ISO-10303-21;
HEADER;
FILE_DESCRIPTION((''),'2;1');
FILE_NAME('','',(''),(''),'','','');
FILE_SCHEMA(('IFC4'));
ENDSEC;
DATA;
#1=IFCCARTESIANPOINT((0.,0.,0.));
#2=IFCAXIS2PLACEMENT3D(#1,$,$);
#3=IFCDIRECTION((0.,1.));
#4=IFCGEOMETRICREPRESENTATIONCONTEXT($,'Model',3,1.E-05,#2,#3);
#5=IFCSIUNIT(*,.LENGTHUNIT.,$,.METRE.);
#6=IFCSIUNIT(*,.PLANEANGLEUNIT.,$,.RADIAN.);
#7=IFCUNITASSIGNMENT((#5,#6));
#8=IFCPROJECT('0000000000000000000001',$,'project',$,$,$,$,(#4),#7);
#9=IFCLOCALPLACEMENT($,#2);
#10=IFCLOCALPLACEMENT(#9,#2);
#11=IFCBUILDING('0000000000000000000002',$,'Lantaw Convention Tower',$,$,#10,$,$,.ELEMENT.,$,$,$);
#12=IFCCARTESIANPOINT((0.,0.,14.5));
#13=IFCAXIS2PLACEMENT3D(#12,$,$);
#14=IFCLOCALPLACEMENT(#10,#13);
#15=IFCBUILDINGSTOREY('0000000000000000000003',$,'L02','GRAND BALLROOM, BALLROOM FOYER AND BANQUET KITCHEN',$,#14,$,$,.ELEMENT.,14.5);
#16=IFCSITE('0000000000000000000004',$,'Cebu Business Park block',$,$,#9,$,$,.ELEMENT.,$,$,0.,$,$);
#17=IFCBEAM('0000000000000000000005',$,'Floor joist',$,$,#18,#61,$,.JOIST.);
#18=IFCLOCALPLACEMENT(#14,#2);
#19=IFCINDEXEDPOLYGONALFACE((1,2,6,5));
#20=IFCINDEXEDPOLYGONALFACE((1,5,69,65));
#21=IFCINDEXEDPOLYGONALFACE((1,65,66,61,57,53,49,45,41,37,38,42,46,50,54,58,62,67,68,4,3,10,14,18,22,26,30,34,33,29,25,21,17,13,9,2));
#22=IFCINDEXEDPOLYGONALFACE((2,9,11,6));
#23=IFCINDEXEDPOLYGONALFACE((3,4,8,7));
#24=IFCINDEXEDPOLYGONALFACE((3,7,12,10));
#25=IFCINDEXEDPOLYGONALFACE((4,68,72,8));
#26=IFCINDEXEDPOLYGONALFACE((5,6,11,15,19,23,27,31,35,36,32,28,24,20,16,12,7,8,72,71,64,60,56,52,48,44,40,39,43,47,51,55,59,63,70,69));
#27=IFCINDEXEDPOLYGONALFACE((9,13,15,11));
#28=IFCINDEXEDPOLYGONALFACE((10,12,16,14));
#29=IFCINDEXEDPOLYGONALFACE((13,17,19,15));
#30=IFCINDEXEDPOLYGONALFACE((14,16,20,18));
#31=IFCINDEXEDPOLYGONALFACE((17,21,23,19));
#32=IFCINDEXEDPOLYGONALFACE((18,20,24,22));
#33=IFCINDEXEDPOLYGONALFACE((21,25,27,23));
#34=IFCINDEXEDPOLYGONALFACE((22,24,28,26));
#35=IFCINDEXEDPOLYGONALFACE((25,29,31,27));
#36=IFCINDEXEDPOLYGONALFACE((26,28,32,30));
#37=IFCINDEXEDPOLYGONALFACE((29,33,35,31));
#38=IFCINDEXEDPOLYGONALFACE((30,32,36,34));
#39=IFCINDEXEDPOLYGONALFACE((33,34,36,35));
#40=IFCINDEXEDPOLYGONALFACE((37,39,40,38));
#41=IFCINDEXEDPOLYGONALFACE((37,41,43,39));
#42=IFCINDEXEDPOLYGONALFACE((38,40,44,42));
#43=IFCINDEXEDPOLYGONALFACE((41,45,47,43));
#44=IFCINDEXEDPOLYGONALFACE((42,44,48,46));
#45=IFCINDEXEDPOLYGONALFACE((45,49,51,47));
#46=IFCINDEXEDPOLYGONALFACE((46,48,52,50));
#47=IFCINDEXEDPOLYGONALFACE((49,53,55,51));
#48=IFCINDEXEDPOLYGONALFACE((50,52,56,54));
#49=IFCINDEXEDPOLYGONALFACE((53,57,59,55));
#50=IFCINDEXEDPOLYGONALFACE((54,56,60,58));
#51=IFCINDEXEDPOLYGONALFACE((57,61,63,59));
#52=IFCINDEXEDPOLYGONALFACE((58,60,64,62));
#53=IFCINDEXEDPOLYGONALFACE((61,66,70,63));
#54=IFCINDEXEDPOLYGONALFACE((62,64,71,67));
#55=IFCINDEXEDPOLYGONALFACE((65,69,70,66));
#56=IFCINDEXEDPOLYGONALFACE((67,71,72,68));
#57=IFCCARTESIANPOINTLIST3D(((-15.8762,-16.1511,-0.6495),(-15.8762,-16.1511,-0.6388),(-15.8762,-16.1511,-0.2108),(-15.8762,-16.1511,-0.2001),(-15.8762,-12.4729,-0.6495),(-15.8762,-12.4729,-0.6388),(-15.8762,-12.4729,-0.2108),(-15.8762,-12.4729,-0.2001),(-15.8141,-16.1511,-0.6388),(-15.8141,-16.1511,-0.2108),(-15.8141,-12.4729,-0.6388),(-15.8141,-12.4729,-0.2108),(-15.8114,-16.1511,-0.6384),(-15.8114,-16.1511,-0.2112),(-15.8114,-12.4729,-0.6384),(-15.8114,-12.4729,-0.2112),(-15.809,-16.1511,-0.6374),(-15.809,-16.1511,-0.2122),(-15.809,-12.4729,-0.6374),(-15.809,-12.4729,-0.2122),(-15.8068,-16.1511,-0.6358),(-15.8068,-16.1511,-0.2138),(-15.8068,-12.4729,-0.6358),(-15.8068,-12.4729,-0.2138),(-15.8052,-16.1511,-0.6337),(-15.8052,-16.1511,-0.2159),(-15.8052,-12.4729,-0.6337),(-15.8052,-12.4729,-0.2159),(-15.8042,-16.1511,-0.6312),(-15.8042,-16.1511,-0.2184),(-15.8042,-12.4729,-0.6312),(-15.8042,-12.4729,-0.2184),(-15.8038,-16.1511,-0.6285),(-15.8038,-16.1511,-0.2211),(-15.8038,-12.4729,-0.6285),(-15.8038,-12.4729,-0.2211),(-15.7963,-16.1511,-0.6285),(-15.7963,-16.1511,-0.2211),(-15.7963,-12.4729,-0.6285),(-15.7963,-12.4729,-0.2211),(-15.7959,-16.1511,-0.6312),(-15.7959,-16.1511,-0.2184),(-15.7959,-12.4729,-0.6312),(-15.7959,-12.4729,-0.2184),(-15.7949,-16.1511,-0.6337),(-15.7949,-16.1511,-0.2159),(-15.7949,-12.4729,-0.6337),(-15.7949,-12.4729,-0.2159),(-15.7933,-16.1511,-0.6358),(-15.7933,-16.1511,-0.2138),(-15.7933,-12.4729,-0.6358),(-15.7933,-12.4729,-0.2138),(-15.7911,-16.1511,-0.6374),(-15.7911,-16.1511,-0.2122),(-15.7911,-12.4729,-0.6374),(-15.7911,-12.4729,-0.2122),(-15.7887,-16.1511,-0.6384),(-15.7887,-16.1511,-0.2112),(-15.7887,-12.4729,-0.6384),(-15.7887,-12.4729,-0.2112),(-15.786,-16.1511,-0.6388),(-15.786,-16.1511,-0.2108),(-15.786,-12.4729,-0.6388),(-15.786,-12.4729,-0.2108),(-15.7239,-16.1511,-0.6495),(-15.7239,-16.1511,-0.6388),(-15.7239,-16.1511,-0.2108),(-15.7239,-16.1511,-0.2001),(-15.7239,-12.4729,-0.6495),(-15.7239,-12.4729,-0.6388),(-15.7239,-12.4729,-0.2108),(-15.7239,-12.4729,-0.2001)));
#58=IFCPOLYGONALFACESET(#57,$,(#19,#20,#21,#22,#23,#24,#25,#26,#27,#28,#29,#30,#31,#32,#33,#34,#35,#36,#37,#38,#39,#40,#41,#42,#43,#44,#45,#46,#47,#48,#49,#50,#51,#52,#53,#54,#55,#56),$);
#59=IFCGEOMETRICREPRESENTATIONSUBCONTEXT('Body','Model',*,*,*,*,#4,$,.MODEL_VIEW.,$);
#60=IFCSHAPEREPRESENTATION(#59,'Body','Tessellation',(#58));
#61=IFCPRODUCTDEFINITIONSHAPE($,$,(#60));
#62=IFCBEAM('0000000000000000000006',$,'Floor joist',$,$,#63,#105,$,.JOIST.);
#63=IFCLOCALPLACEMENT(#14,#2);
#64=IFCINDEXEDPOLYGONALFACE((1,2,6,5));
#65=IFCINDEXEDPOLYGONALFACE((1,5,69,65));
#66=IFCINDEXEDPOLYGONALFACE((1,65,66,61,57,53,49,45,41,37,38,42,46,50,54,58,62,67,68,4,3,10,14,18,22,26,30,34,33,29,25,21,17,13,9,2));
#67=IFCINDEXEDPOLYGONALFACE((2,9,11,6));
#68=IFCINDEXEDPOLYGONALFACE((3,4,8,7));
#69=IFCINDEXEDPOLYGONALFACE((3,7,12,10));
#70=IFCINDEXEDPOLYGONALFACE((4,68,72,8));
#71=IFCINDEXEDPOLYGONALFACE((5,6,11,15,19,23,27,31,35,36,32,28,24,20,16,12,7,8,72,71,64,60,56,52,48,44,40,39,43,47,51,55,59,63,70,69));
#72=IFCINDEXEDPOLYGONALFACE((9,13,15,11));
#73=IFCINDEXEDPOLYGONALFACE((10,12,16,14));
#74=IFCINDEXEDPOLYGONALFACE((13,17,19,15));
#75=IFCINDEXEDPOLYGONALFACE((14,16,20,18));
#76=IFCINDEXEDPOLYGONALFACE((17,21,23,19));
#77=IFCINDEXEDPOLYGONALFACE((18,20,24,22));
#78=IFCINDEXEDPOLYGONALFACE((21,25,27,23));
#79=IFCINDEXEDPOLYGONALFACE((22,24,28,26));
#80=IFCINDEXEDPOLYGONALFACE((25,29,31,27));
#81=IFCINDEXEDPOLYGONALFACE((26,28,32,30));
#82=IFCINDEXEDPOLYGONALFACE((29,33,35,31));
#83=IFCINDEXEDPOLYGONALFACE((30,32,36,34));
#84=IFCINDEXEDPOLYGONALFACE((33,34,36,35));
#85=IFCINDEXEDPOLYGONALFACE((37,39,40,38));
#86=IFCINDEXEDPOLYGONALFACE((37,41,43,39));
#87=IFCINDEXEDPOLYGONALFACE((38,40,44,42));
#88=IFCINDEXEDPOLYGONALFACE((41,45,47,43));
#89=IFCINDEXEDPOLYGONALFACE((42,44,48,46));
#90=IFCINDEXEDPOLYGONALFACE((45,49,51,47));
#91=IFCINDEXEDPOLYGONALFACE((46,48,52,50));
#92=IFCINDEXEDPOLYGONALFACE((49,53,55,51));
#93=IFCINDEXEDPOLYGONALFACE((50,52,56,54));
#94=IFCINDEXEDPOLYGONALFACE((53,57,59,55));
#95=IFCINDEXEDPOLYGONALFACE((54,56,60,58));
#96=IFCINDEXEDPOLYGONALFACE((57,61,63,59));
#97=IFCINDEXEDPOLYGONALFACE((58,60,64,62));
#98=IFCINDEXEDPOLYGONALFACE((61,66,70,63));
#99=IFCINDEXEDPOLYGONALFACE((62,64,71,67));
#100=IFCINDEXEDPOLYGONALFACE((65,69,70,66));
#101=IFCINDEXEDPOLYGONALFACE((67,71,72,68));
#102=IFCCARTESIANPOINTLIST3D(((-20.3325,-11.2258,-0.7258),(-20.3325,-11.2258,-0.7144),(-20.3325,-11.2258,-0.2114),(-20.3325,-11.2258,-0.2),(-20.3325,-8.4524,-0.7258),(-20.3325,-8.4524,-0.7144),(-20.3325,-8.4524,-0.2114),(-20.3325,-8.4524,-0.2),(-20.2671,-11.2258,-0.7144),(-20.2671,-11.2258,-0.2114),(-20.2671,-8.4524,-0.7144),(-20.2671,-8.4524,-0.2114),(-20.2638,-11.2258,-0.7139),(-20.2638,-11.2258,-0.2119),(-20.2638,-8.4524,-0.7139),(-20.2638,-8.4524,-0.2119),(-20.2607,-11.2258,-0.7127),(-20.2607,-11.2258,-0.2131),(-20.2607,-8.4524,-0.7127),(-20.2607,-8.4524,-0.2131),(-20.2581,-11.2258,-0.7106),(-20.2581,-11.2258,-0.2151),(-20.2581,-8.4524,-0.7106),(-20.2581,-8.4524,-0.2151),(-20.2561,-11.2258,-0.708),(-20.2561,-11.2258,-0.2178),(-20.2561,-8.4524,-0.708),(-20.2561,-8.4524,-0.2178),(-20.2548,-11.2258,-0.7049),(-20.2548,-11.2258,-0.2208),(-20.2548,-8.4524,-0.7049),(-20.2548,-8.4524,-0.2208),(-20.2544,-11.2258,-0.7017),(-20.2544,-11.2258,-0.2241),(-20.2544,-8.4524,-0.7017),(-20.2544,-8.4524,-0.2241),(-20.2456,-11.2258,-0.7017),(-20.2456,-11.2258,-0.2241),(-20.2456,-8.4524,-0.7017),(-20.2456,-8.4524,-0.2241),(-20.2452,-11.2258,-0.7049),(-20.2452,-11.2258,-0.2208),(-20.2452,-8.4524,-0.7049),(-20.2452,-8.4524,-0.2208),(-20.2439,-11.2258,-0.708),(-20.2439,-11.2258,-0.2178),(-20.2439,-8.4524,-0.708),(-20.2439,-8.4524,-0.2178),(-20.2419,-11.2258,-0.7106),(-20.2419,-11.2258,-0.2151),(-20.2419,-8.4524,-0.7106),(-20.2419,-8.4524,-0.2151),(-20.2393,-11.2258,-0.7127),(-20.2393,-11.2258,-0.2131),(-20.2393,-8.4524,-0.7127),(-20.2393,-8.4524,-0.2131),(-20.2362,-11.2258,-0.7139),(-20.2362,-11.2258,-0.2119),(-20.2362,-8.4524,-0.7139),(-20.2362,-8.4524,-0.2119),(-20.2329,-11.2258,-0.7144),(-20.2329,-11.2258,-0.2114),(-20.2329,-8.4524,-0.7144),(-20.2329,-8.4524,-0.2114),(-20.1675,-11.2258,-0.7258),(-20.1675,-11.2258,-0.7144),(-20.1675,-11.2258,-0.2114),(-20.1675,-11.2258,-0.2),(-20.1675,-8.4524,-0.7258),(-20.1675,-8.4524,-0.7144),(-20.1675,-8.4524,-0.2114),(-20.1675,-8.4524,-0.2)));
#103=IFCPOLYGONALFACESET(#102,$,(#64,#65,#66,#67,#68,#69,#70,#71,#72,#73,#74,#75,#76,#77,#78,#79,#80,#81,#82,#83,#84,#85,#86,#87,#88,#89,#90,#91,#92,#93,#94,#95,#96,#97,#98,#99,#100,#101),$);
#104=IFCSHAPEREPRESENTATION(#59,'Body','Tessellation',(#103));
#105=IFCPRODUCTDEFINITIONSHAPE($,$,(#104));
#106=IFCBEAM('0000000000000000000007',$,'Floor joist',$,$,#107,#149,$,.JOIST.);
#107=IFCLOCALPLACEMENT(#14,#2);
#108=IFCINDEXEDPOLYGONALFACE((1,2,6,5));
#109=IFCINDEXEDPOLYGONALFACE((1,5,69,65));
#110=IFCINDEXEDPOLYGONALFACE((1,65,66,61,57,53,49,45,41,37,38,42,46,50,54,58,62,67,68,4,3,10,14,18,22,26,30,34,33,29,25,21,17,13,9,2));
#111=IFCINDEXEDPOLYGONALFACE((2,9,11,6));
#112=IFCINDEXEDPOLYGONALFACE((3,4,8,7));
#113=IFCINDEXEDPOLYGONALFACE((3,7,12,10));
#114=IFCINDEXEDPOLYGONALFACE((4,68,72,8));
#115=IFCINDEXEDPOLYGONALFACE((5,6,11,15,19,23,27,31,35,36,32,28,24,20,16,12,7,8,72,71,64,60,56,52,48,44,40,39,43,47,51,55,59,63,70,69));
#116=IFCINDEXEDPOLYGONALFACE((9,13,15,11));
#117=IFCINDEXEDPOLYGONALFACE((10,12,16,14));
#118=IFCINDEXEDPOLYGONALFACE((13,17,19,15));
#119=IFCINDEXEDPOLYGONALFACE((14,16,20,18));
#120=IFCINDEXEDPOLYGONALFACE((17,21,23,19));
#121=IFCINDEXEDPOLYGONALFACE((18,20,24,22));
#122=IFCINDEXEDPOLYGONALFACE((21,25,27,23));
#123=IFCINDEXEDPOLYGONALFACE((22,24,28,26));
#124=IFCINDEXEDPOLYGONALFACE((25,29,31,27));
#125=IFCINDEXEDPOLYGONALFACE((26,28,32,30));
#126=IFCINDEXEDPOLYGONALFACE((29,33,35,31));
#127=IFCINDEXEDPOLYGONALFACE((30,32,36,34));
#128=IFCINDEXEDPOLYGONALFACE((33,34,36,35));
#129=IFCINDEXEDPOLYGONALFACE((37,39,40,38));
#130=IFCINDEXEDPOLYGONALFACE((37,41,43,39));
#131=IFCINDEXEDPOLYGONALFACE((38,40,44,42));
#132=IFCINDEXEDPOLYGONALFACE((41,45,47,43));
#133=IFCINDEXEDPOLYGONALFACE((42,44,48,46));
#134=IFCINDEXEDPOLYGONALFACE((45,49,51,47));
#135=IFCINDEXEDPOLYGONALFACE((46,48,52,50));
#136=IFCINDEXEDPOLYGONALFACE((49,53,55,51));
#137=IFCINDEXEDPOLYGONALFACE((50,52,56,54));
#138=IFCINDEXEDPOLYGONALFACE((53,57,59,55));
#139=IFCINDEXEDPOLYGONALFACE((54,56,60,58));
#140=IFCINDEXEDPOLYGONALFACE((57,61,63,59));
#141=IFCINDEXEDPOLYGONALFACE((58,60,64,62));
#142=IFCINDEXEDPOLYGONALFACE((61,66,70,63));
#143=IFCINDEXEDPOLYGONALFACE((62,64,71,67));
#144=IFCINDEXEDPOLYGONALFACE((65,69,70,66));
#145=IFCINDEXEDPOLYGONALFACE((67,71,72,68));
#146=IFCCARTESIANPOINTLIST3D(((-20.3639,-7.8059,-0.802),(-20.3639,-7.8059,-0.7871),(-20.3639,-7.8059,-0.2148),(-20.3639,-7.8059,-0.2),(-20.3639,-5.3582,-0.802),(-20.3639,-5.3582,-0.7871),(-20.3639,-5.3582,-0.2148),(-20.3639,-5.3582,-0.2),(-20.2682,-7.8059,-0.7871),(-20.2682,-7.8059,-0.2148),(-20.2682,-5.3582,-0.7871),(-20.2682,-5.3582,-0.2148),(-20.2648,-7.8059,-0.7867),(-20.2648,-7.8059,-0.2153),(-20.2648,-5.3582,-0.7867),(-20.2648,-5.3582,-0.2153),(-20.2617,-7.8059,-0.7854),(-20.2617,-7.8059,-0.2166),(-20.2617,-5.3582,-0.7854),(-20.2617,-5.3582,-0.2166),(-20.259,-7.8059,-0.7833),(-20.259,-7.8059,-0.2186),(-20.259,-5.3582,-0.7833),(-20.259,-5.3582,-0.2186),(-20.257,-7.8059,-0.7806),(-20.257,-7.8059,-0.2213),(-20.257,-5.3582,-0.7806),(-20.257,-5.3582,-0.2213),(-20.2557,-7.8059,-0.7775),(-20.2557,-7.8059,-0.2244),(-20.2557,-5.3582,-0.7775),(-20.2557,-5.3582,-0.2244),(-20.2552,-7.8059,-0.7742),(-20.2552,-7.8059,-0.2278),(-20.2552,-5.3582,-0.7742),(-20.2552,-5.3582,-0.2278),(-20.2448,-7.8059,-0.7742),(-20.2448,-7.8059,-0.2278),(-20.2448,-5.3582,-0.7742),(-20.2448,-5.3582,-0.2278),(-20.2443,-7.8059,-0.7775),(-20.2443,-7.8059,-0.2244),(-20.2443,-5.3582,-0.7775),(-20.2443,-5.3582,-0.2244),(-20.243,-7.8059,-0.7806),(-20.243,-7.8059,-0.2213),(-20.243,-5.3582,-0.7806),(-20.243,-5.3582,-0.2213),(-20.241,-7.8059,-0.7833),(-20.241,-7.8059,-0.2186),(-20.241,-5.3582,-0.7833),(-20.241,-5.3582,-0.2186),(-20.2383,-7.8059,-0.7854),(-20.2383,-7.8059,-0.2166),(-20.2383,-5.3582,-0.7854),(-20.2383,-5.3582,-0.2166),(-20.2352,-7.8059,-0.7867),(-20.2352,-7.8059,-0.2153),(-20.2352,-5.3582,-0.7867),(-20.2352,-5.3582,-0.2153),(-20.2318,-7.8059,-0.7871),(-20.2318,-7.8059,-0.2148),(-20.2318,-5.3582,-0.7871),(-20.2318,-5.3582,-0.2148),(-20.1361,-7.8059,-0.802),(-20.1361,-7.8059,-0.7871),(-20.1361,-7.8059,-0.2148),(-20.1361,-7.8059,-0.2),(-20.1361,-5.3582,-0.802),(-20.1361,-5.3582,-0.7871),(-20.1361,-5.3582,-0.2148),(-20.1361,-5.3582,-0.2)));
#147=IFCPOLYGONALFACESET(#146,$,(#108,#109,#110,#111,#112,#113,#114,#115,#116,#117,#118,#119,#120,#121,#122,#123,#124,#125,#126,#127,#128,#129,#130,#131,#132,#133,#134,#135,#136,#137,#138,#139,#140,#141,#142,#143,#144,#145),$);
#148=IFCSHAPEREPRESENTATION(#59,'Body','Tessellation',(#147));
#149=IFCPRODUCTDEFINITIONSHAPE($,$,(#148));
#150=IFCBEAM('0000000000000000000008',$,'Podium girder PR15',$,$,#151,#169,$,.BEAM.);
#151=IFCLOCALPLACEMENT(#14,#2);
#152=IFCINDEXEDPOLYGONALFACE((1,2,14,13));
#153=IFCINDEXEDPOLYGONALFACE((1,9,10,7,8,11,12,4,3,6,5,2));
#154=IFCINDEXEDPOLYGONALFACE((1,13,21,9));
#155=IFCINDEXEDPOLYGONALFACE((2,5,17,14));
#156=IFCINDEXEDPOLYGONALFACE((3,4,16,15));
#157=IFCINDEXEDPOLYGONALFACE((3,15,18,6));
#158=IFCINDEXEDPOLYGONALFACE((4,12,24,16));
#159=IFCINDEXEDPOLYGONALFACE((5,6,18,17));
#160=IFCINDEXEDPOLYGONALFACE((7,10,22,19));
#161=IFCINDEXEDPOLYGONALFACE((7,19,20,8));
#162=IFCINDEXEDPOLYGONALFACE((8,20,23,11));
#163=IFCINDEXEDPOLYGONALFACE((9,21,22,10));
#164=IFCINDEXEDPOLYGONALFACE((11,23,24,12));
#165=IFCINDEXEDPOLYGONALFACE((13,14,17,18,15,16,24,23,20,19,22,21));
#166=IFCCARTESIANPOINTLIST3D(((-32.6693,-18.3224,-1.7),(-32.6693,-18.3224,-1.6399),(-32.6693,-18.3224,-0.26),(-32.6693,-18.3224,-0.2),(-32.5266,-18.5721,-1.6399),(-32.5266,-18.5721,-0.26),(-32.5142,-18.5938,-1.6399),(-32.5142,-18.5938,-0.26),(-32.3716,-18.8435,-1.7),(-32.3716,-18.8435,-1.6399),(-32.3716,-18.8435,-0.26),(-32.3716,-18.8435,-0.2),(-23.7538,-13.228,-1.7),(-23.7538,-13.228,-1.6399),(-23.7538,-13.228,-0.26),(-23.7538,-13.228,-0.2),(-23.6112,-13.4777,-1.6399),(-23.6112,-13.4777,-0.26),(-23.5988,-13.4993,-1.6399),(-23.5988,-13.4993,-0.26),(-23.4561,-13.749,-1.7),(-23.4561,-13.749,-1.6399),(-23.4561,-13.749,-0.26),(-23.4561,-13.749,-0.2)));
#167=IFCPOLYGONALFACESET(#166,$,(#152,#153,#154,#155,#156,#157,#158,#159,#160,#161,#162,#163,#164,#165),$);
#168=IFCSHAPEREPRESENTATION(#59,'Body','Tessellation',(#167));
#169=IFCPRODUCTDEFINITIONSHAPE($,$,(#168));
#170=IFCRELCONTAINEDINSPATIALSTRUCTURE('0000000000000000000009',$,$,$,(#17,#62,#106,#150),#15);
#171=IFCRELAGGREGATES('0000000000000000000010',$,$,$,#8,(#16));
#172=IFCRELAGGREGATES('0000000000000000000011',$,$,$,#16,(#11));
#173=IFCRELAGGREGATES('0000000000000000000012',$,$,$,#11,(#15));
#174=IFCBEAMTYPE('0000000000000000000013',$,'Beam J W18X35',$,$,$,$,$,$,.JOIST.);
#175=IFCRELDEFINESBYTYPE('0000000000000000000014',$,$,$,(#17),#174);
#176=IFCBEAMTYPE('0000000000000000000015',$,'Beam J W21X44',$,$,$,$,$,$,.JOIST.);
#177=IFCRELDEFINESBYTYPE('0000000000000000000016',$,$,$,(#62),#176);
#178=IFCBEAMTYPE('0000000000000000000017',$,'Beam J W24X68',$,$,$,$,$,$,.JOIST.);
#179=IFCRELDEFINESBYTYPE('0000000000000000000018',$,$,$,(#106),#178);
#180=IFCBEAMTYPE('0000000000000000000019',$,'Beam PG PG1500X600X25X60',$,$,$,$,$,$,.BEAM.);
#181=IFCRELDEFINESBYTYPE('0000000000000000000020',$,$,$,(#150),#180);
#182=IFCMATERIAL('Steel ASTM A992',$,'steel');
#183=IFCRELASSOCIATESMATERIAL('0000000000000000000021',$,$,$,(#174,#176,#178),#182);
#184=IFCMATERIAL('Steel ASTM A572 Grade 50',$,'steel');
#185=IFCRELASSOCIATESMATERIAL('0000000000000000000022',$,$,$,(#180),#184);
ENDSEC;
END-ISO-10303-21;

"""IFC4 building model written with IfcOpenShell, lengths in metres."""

from ifc_helpers import new_model, si_unit, direction, frame, origin, origin_2d, place, context, subcontext, project, spatial, i_section, extrude, material, material_profile, profile_set, type_object, element, save


model = new_model("IFC4")

# Units and contexts
model_context = context("Model", 3, precision=1e-05, world=origin(), true_north=direction((0.0, 1.0)))
body_context = subcontext(model_context, "Body", "Model", "MODEL_VIEW")
ifc_project = project(units=[si_unit("LENGTHUNIT", "METRE"), si_unit("PLANEANGLEUNIT", "RADIAN")], contexts=[model_context])

# Site, building, storey
site_placement = place(None, origin())
site = spatial("IfcSite", under=ifc_project, at=site_placement, Name="Cebu Business Park block", CompositionType="ELEMENT", RefElevation=0.0)
building_placement = place(site_placement, origin())
building = spatial("IfcBuilding", under=site, at=building_placement, Name="Lantaw Convention Tower", CompositionType="ELEMENT")
storey_placement = place(building_placement, frame((0.0, 0.0, 14.5)))
storey = spatial("IfcBuildingStorey", under=building, at=storey_placement, Name="L02", Description="GRAND BALLROOM, BALLROOM FOYER AND BANQUET KITCHEN", CompositionType="ELEMENT", Elevation=14.5)

# Shared definitions
ifc_material_1 = material(Name="Steel ASTM A572 Grade 50", Category="steel")

# Beams
ifc_material_2 = material(Name="Steel ASTM A992", Category="steel")
ifc_material_profile_1 = material_profile(ifc_material_2, i_section(OverallWidth=0.1523, OverallDepth=0.4495, WebThickness=0.0076, FlangeThickness=0.0107, FilletRadius=0.0103, at=origin_2d()), Name="W18X35")
ifc_profile_set_1 = profile_set([ifc_material_profile_1], Name="Steel ASTM A992")
beam_type_1 = type_object("IfcBeamType", Name="Beam J W18X35", PredefinedType="JOIST", material=ifc_profile_set_1)
beam_1_placement = place(storey_placement, frame((-15.8, -16.1511, -0.4248), z_axis=(0.0, 1.0, 0.0), x_axis=(-1.0, 0.0, 0.0)))
element("IfcBeam", 1, at=beam_1_placement, inside=storey, type_object=beam_type_1, Name="Floor joist", PredefinedType="JOIST", context=body_context, shape_type="SweptSolid", body=[
    extrude(i_section(OverallWidth=0.1523, OverallDepth=0.4495, WebThickness=0.0076, FlangeThickness=0.0107, FilletRadius=0.0103, at=origin_2d()), origin(), (0.0, 0.0, 1.0), 3.6782),
])
ifc_material_profile_2 = material_profile(ifc_material_2, i_section(OverallWidth=0.165, OverallDepth=0.5259, WebThickness=0.0088, FlangeThickness=0.0115, FilletRadius=0.0127, at=origin_2d()), Name="W21X44")
ifc_profile_set_2 = profile_set([ifc_material_profile_2], Name="Steel ASTM A992")
beam_type_2 = type_object("IfcBeamType", Name="Beam J W21X44", PredefinedType="JOIST", material=ifc_profile_set_2)
beam_2_placement = place(storey_placement, frame((-20.25, -11.2258, -0.4629), z_axis=(0.0, 1.0, 0.0), x_axis=(-1.0, 0.0, 0.0)))
element("IfcBeam", 2, at=beam_2_placement, inside=storey, type_object=beam_type_2, Name="Floor joist", PredefinedType="JOIST", context=body_context, shape_type="SweptSolid", body=[
    extrude(i_section(OverallWidth=0.165, OverallDepth=0.5259, WebThickness=0.0088, FlangeThickness=0.0115, FilletRadius=0.0127, at=origin_2d()), origin(), (0.0, 0.0, 1.0), 2.7734),
])
ifc_material_profile_3 = material_profile(ifc_material_2, i_section(OverallWidth=0.2278, OverallDepth=0.6021, WebThickness=0.0105, FlangeThickness=0.0149, FilletRadius=0.0129, at=origin_2d()), Name="W24X68")
ifc_profile_set_3 = profile_set([ifc_material_profile_3], Name="Steel ASTM A992")
beam_type_3 = type_object("IfcBeamType", Name="Beam J W24X68", PredefinedType="JOIST", material=ifc_profile_set_3)
beam_3_placement = place(storey_placement, frame((-20.25, -7.8059, -0.501), z_axis=(0.0, 1.0, 0.0), x_axis=(-1.0, 0.0, 0.0)))
element("IfcBeam", 3, at=beam_3_placement, inside=storey, type_object=beam_type_3, Name="Floor joist", PredefinedType="JOIST", context=body_context, shape_type="SweptSolid", body=[
    extrude(i_section(OverallWidth=0.2278, OverallDepth=0.6021, WebThickness=0.0105, FlangeThickness=0.0149, FilletRadius=0.0129, at=origin_2d()), origin(), (0.0, 0.0, 1.0), 2.4478),
])
ifc_material_profile_4 = material_profile(ifc_material_1, i_section(OverallWidth=0.6001, OverallDepth=1.5, WebThickness=0.0249, FlangeThickness=0.0601, at=origin_2d()), Name="PG1500X600X25X60")
ifc_profile_set_4 = profile_set([ifc_material_profile_4], Name="Steel ASTM A572 Grade 50")
beam_type_4 = type_object("IfcBeamType", Name="Beam PG PG1500X600X25X60", PredefinedType="BEAM", material=ifc_profile_set_4)
beam_4_placement = place(storey_placement, frame((-23.605, -13.4885, -0.95), z_axis=(-0.868248, -0.496131, 0.0), x_axis=(0.496131, -0.868248, 0.0)))
element("IfcBeam", 4, at=beam_4_placement, inside=storey, type_object=beam_type_4, Name="Podium girder PR15", PredefinedType="BEAM", context=body_context, shape_type="SweptSolid", body=[
    extrude(i_section(OverallWidth=0.6001, OverallDepth=1.5, WebThickness=0.0249, FlangeThickness=0.0601, at=origin_2d()), origin(), (0.0, 0.0, 1.0), 10.2683),
])

save(model, "model.ifc")
